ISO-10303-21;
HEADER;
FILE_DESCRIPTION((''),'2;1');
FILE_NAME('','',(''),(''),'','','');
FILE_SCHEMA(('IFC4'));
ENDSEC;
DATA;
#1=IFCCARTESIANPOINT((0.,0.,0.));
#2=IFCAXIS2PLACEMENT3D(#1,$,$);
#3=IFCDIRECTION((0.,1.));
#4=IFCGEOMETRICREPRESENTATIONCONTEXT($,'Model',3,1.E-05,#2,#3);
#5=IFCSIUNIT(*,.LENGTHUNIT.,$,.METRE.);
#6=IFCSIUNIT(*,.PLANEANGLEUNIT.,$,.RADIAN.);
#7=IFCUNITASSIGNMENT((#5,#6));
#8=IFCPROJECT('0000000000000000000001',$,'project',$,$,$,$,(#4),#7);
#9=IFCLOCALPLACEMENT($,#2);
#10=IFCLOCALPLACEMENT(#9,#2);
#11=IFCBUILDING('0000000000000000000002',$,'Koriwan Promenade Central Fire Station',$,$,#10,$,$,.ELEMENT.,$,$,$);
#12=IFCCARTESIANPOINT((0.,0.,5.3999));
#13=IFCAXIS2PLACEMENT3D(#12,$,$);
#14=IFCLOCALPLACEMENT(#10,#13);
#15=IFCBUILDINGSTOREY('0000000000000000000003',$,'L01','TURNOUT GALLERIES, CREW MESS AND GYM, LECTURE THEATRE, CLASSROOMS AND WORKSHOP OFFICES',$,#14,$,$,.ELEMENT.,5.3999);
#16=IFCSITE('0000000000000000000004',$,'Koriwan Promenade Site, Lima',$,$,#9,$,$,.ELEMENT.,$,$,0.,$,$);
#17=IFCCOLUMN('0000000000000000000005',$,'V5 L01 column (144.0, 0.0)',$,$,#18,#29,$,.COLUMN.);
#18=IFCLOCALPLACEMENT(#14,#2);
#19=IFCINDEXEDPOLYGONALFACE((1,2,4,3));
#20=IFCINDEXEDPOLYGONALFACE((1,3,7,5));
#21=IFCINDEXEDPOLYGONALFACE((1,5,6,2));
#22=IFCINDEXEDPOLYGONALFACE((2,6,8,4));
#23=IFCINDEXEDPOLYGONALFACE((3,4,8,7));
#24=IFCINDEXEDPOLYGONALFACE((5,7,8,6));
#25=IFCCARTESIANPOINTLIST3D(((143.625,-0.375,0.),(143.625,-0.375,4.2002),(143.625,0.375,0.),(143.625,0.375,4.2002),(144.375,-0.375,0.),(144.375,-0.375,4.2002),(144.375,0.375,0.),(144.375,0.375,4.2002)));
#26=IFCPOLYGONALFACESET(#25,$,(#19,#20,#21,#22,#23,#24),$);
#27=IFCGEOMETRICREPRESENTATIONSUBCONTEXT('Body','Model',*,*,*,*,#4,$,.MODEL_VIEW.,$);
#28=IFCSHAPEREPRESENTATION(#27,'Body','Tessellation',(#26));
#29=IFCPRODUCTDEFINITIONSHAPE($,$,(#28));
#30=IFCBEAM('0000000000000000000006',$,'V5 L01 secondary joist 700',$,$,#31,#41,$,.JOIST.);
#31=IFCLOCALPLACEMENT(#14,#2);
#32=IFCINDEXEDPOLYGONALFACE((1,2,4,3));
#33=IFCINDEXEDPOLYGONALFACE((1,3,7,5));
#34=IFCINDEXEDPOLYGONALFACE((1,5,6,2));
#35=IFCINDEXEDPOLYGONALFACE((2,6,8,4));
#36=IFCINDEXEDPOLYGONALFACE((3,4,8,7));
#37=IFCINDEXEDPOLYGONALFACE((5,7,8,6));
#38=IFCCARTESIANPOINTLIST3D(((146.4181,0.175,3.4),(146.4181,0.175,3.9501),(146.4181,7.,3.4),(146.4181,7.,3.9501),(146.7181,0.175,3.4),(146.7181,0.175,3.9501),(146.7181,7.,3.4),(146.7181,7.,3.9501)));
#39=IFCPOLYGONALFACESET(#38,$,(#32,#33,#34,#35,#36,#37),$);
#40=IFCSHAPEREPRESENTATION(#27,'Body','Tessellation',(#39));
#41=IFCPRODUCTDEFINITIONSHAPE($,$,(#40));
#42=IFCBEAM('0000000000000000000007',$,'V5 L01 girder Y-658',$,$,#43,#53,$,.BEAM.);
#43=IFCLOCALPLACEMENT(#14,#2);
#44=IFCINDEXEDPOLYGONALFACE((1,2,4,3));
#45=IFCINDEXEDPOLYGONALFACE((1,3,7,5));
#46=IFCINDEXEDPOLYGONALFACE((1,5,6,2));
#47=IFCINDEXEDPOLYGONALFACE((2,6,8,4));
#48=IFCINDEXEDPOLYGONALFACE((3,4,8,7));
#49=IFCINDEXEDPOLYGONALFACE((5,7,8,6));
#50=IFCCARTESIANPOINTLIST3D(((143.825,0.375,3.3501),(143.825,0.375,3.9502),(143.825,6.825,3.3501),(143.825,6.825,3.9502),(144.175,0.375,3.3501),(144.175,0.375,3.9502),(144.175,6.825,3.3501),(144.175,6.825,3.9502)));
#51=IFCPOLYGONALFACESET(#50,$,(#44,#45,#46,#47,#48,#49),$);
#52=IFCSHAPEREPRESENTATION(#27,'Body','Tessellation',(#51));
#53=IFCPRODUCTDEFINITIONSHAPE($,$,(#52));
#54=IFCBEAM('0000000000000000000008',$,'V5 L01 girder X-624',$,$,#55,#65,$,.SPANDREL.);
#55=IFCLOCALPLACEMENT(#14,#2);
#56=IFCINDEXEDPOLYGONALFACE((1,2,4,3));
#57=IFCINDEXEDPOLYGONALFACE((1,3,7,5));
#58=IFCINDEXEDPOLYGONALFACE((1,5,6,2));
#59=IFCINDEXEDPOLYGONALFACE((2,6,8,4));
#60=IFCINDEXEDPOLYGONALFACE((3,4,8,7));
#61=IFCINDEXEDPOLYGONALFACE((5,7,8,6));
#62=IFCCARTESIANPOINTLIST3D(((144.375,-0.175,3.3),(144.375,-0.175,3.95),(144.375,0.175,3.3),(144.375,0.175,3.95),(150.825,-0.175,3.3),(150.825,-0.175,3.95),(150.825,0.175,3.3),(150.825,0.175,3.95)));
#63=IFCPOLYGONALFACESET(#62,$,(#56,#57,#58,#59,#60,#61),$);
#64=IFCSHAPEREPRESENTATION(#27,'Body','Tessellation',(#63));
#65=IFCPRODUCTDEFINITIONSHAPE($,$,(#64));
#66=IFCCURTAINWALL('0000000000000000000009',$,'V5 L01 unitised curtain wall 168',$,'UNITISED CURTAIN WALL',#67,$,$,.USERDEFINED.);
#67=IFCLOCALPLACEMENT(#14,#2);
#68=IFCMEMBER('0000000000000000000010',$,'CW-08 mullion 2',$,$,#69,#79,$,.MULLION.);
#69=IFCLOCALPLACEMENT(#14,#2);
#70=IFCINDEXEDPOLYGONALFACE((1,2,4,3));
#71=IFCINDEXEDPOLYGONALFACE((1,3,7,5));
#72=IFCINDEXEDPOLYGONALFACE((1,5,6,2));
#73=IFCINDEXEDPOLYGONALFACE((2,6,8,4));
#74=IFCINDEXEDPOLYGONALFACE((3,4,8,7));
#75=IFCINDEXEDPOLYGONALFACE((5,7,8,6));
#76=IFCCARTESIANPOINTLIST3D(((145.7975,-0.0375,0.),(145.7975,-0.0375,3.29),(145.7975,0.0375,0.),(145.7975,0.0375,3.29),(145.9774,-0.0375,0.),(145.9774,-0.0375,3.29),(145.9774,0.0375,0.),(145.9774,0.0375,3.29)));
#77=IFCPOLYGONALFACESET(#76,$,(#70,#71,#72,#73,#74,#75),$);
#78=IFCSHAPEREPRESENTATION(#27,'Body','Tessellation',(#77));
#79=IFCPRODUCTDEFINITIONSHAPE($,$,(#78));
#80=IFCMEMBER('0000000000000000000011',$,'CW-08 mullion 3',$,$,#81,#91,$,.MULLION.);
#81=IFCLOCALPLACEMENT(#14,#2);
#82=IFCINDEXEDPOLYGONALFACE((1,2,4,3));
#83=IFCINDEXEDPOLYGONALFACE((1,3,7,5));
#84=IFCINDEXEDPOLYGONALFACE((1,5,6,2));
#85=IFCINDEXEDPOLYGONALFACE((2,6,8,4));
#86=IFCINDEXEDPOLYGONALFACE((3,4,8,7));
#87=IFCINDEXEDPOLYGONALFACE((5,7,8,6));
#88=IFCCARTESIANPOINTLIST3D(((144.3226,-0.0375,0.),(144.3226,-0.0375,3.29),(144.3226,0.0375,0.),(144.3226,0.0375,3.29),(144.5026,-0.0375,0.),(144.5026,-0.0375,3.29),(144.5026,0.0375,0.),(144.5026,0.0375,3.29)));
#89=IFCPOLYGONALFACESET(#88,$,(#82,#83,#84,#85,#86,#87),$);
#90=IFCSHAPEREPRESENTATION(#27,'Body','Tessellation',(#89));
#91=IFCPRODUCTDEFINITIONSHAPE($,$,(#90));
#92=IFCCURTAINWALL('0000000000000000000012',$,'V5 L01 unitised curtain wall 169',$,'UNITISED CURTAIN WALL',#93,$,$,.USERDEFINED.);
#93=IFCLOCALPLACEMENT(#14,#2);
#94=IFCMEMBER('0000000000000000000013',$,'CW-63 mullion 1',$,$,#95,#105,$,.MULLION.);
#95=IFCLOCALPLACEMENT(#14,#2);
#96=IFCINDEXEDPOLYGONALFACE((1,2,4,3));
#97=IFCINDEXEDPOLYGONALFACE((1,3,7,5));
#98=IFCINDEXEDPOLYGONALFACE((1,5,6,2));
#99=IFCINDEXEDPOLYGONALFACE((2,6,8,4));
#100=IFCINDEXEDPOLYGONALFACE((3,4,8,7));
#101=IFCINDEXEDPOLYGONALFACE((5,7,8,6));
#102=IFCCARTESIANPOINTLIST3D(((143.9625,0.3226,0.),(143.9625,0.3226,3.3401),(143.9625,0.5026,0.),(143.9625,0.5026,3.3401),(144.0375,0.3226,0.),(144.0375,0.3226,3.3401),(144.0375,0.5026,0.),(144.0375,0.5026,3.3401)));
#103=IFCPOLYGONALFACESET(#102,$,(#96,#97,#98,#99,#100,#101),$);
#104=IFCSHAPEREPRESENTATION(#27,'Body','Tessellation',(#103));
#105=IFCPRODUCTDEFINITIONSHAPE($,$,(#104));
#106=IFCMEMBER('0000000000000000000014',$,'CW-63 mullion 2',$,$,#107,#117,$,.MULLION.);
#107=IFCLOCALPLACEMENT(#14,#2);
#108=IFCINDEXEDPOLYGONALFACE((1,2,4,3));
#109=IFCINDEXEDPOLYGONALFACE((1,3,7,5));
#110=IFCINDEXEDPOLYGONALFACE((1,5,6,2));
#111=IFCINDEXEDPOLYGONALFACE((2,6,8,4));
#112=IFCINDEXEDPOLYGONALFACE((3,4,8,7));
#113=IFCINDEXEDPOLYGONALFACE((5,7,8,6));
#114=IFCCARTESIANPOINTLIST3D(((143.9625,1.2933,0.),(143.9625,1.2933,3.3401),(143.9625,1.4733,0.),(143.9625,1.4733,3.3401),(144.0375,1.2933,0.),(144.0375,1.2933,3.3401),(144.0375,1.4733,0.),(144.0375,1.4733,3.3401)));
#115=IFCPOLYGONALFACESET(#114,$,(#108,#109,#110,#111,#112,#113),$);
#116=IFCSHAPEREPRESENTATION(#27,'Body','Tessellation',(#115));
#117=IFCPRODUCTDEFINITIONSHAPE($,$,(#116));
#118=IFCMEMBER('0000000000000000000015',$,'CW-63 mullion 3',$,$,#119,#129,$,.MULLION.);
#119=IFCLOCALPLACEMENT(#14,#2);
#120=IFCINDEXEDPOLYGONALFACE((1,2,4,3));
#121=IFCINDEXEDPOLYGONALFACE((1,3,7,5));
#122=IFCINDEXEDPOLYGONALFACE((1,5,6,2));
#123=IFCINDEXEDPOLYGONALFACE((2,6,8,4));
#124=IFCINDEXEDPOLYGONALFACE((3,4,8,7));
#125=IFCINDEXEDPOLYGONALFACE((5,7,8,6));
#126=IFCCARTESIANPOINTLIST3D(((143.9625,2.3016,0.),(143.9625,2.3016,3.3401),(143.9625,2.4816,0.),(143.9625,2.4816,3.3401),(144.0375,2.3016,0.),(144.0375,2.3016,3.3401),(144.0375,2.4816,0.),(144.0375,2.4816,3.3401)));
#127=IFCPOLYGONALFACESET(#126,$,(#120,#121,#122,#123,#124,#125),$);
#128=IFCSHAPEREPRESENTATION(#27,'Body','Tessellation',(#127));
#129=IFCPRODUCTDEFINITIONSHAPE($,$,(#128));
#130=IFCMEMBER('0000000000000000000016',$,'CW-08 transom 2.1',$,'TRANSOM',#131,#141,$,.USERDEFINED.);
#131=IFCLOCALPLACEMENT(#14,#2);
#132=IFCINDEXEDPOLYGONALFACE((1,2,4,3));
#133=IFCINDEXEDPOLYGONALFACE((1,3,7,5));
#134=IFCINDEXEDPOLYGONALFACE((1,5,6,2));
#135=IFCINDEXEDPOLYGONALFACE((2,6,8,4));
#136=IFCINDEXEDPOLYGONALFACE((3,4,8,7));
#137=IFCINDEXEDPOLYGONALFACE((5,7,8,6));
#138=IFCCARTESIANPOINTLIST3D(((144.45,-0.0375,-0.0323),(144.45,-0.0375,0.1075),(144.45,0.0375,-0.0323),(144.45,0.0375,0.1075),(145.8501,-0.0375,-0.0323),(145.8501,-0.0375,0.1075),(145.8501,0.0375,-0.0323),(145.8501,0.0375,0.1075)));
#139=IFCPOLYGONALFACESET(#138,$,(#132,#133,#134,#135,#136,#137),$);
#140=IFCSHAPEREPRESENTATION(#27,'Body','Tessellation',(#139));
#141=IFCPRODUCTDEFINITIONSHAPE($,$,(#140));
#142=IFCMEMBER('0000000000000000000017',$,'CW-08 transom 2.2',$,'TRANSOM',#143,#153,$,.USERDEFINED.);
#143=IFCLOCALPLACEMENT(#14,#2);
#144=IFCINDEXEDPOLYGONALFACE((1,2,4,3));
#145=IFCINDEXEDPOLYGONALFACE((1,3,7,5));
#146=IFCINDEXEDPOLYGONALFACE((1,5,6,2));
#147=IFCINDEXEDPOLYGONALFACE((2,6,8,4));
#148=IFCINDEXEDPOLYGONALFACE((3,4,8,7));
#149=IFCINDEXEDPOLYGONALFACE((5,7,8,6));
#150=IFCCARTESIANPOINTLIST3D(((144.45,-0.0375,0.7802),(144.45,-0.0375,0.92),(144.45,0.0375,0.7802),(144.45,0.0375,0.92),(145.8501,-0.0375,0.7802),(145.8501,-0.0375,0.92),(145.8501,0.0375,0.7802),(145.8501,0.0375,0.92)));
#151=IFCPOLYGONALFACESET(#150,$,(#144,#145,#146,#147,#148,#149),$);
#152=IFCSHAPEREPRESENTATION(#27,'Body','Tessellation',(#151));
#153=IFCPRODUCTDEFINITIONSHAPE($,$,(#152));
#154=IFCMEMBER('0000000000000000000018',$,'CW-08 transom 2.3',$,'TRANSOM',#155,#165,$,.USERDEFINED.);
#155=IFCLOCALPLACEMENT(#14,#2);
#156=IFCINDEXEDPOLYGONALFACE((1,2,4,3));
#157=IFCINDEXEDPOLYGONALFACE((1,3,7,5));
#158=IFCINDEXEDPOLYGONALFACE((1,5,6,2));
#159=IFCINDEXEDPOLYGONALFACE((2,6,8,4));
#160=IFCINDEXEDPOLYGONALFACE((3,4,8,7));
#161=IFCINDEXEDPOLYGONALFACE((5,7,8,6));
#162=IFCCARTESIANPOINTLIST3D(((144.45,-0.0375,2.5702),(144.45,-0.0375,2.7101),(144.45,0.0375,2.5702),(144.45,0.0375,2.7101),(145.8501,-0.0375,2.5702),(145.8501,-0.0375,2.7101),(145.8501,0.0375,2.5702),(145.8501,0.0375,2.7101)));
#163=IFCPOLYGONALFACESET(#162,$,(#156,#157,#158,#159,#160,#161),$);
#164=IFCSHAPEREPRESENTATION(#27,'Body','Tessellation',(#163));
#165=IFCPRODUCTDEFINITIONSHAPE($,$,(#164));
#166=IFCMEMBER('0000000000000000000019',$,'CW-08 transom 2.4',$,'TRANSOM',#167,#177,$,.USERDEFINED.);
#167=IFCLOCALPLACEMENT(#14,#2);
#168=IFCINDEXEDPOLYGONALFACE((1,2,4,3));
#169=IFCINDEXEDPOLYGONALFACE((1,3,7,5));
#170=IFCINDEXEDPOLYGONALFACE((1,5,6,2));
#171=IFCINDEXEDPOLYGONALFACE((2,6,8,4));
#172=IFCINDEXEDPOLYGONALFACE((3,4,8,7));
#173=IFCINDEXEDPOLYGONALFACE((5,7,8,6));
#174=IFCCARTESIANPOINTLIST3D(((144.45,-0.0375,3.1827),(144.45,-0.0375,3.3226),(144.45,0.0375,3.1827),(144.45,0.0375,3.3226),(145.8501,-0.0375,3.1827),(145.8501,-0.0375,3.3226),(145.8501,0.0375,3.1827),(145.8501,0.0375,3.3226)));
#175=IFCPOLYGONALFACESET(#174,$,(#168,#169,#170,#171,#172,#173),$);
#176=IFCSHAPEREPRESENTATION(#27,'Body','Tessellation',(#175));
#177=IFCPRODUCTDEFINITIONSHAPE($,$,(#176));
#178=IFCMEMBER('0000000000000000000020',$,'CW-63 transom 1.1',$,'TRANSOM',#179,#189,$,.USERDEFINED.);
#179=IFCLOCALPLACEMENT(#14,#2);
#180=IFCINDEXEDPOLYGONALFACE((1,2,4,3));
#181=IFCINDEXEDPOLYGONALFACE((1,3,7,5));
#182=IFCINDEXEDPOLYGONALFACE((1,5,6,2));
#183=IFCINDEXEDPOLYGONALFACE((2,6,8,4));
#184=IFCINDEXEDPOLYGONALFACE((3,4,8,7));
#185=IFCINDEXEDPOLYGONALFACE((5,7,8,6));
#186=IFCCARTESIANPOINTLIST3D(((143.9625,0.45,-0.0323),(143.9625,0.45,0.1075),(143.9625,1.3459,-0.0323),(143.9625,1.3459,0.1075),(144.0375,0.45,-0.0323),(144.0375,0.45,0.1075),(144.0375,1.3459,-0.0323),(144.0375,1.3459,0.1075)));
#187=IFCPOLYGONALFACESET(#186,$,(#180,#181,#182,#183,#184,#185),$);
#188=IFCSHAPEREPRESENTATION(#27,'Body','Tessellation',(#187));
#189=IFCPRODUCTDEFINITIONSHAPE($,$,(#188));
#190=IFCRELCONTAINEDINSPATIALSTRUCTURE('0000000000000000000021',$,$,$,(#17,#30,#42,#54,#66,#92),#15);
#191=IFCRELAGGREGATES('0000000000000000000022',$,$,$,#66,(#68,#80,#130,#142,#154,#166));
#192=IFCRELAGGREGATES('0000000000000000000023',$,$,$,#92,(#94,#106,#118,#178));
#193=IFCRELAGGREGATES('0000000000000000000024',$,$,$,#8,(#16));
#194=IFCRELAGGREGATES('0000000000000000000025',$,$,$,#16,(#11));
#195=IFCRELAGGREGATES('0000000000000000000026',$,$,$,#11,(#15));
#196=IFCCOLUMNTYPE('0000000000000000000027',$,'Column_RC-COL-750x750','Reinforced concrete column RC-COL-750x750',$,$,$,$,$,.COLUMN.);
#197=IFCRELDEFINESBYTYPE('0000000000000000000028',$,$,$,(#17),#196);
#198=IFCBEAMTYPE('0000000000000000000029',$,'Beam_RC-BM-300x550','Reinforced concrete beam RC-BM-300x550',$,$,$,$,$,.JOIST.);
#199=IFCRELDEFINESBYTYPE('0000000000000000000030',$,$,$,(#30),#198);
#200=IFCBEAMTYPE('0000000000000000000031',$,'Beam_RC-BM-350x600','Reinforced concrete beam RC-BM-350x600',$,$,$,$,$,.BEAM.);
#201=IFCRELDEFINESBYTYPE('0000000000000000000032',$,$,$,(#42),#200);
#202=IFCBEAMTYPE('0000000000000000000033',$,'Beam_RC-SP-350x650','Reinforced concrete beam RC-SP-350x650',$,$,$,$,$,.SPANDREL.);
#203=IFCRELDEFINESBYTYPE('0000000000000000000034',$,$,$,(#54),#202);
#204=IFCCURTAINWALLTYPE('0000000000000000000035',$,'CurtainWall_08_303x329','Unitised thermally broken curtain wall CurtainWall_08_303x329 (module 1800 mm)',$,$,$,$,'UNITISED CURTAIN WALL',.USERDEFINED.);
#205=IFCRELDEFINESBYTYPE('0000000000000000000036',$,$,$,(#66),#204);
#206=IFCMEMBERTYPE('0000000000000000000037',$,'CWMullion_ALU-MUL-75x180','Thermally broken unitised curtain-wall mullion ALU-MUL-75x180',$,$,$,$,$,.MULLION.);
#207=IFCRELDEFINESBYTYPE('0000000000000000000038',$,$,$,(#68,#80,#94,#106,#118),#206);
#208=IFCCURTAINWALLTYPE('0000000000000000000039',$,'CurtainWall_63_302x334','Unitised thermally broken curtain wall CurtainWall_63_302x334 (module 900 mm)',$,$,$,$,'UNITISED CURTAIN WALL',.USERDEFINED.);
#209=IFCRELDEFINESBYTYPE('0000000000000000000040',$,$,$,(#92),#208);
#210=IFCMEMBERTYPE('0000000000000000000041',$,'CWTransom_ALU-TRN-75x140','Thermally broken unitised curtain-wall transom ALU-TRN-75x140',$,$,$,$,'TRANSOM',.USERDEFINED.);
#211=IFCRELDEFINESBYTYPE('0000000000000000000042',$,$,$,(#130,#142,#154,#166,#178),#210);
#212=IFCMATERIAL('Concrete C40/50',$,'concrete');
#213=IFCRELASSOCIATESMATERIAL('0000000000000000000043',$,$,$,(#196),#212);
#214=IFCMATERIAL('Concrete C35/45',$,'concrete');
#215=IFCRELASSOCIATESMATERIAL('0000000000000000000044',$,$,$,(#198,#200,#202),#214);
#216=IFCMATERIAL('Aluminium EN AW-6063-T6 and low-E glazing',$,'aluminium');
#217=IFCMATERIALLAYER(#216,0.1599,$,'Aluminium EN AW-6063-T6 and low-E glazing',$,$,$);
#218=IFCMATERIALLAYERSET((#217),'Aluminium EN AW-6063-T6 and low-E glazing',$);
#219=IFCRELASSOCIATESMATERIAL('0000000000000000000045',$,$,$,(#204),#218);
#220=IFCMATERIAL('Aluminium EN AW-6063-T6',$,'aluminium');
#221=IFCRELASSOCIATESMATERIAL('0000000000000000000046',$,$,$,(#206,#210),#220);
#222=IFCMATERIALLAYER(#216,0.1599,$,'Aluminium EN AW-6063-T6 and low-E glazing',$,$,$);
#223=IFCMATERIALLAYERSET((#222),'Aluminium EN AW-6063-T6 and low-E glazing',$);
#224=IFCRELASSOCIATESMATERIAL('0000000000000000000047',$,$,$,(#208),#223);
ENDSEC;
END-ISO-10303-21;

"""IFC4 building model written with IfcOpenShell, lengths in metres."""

from ifc_helpers import new_model, si_unit, direction, frame, origin, origin_2d, place, context, subcontext, project, spatial, rectangle, extrude, material, layer, layer_set, material_profile, profile_set, type_object, element, aggregate, save


model = new_model("IFC4")

# Units and contexts
model_context = context("Model", 3, precision=1e-05, world=origin(), true_north=direction((0.0, 1.0)))
body_context = subcontext(model_context, "Body", "Model", "MODEL_VIEW")
ifc_project = project(units=[si_unit("LENGTHUNIT", "METRE"), si_unit("PLANEANGLEUNIT", "RADIAN")], contexts=[model_context])

# Site, building, storey
site_placement = place(None, origin())
site = spatial("IfcSite", under=ifc_project, at=site_placement, Name="Koriwan Promenade Site, Lima", CompositionType="ELEMENT", RefElevation=0.0)
building_placement = place(site_placement, origin())
building = spatial("IfcBuilding", under=site, at=building_placement, Name="Koriwan Promenade Central Fire Station", CompositionType="ELEMENT")
storey_placement = place(building_placement, frame((0.0, 0.0, 5.3999)))
storey = spatial("IfcBuildingStorey", under=building, at=storey_placement, Name="L01", Description="TURNOUT GALLERIES, CREW MESS AND GYM, LECTURE THEATRE, CLASSROOMS AND WORKSHOP OFFICES", CompositionType="ELEMENT", Elevation=5.3999)

# Column
ifc_material_1 = material(Name="Concrete C40/50", Category="concrete")
ifc_material_profile_1 = material_profile(ifc_material_1, rectangle(XDim=0.75, YDim=0.75, at=origin_2d()), Name="RC-COL-750x750")
ifc_profile_set_1 = profile_set([ifc_material_profile_1], Name="Concrete C40/50")
column_type = type_object("IfcColumnType", Name="Column_RC-COL-750x750", Description="Reinforced concrete column RC-COL-750x750", PredefinedType="COLUMN", material=ifc_profile_set_1)
column_placement = place(storey_placement, frame((144.0, 0.0, 0.0), z_axis=(0.0, 0.0, 1.0), x_axis=(1.0, 0.0, 0.0)))
element("IfcColumn", 1, at=column_placement, inside=storey, type_object=column_type, Name="V5 L01 column (144.0, 0.0)", PredefinedType="COLUMN", context=body_context, shape_type="SweptSolid", body=[
    extrude(rectangle(XDim=0.75, YDim=0.75, at=origin_2d()), origin(), (0.0, 0.0, 1.0), 4.2002),
])

# Beams
ifc_material_2 = material(Name="Concrete C35/45", Category="concrete")
ifc_material_profile_2 = material_profile(ifc_material_2, rectangle(XDim=0.3, YDim=0.55, at=origin_2d()), Name="RC-BM-300x550")
ifc_profile_set_2 = profile_set([ifc_material_profile_2], Name="Concrete C35/45")
beam_type_1 = type_object("IfcBeamType", Name="Beam_RC-BM-300x550", Description="Reinforced concrete beam RC-BM-300x550", PredefinedType="JOIST", material=ifc_profile_set_2)
beam_1_placement = place(storey_placement, frame((146.5681, 0.175, 3.675), z_axis=(0.0, 1.0, 0.0), x_axis=(-1.0, 0.0, 0.0)))
element("IfcBeam", 2, at=beam_1_placement, inside=storey, type_object=beam_type_1, Name="V5 L01 secondary joist 700", PredefinedType="JOIST", context=body_context, shape_type="SweptSolid", body=[
    extrude(rectangle(XDim=0.3, YDim=0.55, at=origin_2d()), origin(), (0.0, 0.0, 1.0), 6.825),
])
ifc_material_profile_3 = material_profile(ifc_material_2, rectangle(XDim=0.3501, YDim=0.6001, at=origin_2d()), Name="RC-BM-350x600")
ifc_profile_set_3 = profile_set([ifc_material_profile_3], Name="Concrete C35/45")
beam_type_2 = type_object("IfcBeamType", Name="Beam_RC-BM-350x600", Description="Reinforced concrete beam RC-BM-350x600", PredefinedType="BEAM", material=ifc_profile_set_3)
beam_2_placement = place(storey_placement, frame((144.0, 0.375, 3.6501), z_axis=(0.0, 1.0, 0.0), x_axis=(-1.0, 0.0, 0.0)))
element("IfcBeam", 3, at=beam_2_placement, inside=storey, type_object=beam_type_2, Name="V5 L01 girder Y-658", PredefinedType="BEAM", context=body_context, shape_type="SweptSolid", body=[
    extrude(rectangle(XDim=0.3501, YDim=0.6001, at=origin_2d()), origin(), (0.0, 0.0, 1.0), 6.45),
])
ifc_material_profile_4 = material_profile(ifc_material_2, rectangle(XDim=0.3501, YDim=0.6499, at=origin_2d()), Name="RC-SP-350x650")
ifc_profile_set_4 = profile_set([ifc_material_profile_4], Name="Concrete C35/45")
beam_type_3 = type_object("IfcBeamType", Name="Beam_RC-SP-350x650", Description="Reinforced concrete beam RC-SP-350x650", PredefinedType="SPANDREL", material=ifc_profile_set_4)
beam_3_placement = place(storey_placement, frame((144.375, 0.0, 3.625), z_axis=(1.0, 0.0, 0.0), x_axis=(0.0, 1.0, 0.0)))
element("IfcBeam", 4, at=beam_3_placement, inside=storey, type_object=beam_type_3, Name="V5 L01 girder X-624", PredefinedType="SPANDREL", context=body_context, shape_type="SweptSolid", body=[
    extrude(rectangle(XDim=0.3501, YDim=0.6499, at=origin_2d()), origin(), (0.0, 0.0, 1.0), 6.45),
])

# Curtain walls, members
ifc_material_3 = material(Name="Aluminium EN AW-6063-T6 and low-E glazing", Category="aluminium")
ifc_layer_1 = layer(ifc_material_3, 0.1599, Name="Aluminium EN AW-6063-T6 and low-E glazing")
ifc_layer_set_1 = layer_set([ifc_layer_1], Name="Aluminium EN AW-6063-T6 and low-E glazing")
curtain_wall_type_1 = type_object("IfcCurtainWallType", Name="CurtainWall_08_303x329", Description="Unitised thermally broken curtain wall CurtainWall_08_303x329 (module 1800 mm)", ElementType="UNITISED CURTAIN WALL", PredefinedType="USERDEFINED", material=ifc_layer_set_1)
curtain_wall_1_placement = place(storey_placement, origin())
curtain_wall_1 = element("IfcCurtainWall", 5, at=curtain_wall_1_placement, inside=storey, type_object=curtain_wall_type_1, Name="V5 L01 unitised curtain wall 168", ObjectType="UNITISED CURTAIN WALL", PredefinedType="USERDEFINED")
ifc_material_4 = material(Name="Aluminium EN AW-6063-T6", Category="aluminium")
ifc_material_profile_5 = material_profile(ifc_material_4, rectangle(XDim=0.075, YDim=0.1799, at=origin_2d()), Name="ALU-MUL-75x180")
ifc_profile_set_5 = profile_set([ifc_material_profile_5], Name="Aluminium EN AW-6063-T6")
member_type_1 = type_object("IfcMemberType", Name="CWMullion_ALU-MUL-75x180", Description="Thermally broken unitised curtain-wall mullion ALU-MUL-75x180", PredefinedType="MULLION", material=ifc_profile_set_5)
member_1_placement = place(storey_placement, frame((145.8875, 0.0, 0.0), z_axis=(0.0, 0.0, 1.0), x_axis=(0.0, -1.0, 0.0)))
member_1 = element("IfcMember", 6, at=member_1_placement, type_object=member_type_1, Name="CW-08 mullion 2", PredefinedType="MULLION", context=body_context, shape_type="SweptSolid", body=[
    extrude(rectangle(XDim=0.075, YDim=0.1799, at=origin_2d()), origin(), (0.0, 0.0, 1.0), 3.29),
])
member_2_placement = place(storey_placement, frame((144.4126, 0.0, 0.0), z_axis=(0.0, 0.0, 1.0), x_axis=(0.0, -1.0, 0.0)))
member_2 = element("IfcMember", 7, at=member_2_placement, type_object=member_type_1, Name="CW-08 mullion 3", PredefinedType="MULLION", context=body_context, shape_type="SweptSolid", body=[
    extrude(rectangle(XDim=0.075, YDim=0.1799, at=origin_2d()), origin(), (0.0, 0.0, 1.0), 3.29),
])
ifc_layer_2 = layer(ifc_material_3, 0.1599, Name="Aluminium EN AW-6063-T6 and low-E glazing")
ifc_layer_set_2 = layer_set([ifc_layer_2], Name="Aluminium EN AW-6063-T6 and low-E glazing")
curtain_wall_type_2 = type_object("IfcCurtainWallType", Name="CurtainWall_63_302x334", Description="Unitised thermally broken curtain wall CurtainWall_63_302x334 (module 900 mm)", ElementType="UNITISED CURTAIN WALL", PredefinedType="USERDEFINED", material=ifc_layer_set_2)
curtain_wall_2_placement = place(storey_placement, origin())
curtain_wall_2 = element("IfcCurtainWall", 8, at=curtain_wall_2_placement, inside=storey, type_object=curtain_wall_type_2, Name="V5 L01 unitised curtain wall 169", ObjectType="UNITISED CURTAIN WALL", PredefinedType="USERDEFINED")
member_3_placement = place(storey_placement, frame((144.0, 0.4126, 0.0), z_axis=(0.0, 0.0, 1.0), x_axis=(-1.0, 0.0, 0.0)))
member_3 = element("IfcMember", 9, at=member_3_placement, type_object=member_type_1, Name="CW-63 mullion 1", PredefinedType="MULLION", context=body_context, shape_type="SweptSolid", body=[
    extrude(rectangle(XDim=0.075, YDim=0.1799, at=origin_2d()), origin(), (0.0, 0.0, 1.0), 3.3401),
])
member_4_placement = place(storey_placement, frame((144.0, 1.3833, 0.0), z_axis=(0.0, 0.0, 1.0), x_axis=(-1.0, 0.0, 0.0)))
member_4 = element("IfcMember", 10, at=member_4_placement, type_object=member_type_1, Name="CW-63 mullion 2", PredefinedType="MULLION", context=body_context, shape_type="SweptSolid", body=[
    extrude(rectangle(XDim=0.075, YDim=0.1799, at=origin_2d()), origin(), (0.0, 0.0, 1.0), 3.3401),
])
member_5_placement = place(storey_placement, frame((144.0, 2.3916, 0.0), z_axis=(0.0, 0.0, 1.0), x_axis=(-1.0, 0.0, 0.0)))
member_5 = element("IfcMember", 11, at=member_5_placement, type_object=member_type_1, Name="CW-63 mullion 3", PredefinedType="MULLION", context=body_context, shape_type="SweptSolid", body=[
    extrude(rectangle(XDim=0.075, YDim=0.1799, at=origin_2d()), origin(), (0.0, 0.0, 1.0), 3.3401),
])

# Members
ifc_material_profile_6 = material_profile(ifc_material_4, rectangle(XDim=0.075, YDim=0.1399, at=origin_2d()), Name="ALU-TRN-75x140")
ifc_profile_set_6 = profile_set([ifc_material_profile_6], Name="Aluminium EN AW-6063-T6")
member_type_2 = type_object("IfcMemberType", Name="CWTransom_ALU-TRN-75x140", Description="Thermally broken unitised curtain-wall transom ALU-TRN-75x140", ElementType="TRANSOM", PredefinedType="USERDEFINED", material=ifc_profile_set_6)
member_6_placement = place(storey_placement, frame((145.8501, 0.0, 0.0376), z_axis=(-1.0, 0.0, 0.0), x_axis=(0.0, -1.0, 0.0)))
member_6 = element("IfcMember", 12, at=member_6_placement, type_object=member_type_2, Name="CW-08 transom 2.1", ObjectType="TRANSOM", PredefinedType="USERDEFINED", context=body_context, shape_type="SweptSolid", body=[
    extrude(rectangle(XDim=0.075, YDim=0.1399, at=origin_2d()), origin(), (0.0, 0.0, 1.0), 1.4001),
])
member_7_placement = place(storey_placement, frame((145.8501, 0.0, 0.8501), z_axis=(-1.0, 0.0, 0.0), x_axis=(0.0, -1.0, 0.0)))
member_7 = element("IfcMember", 13, at=member_7_placement, type_object=member_type_2, Name="CW-08 transom 2.2", ObjectType="TRANSOM", PredefinedType="USERDEFINED", context=body_context, shape_type="SweptSolid", body=[
    extrude(rectangle(XDim=0.075, YDim=0.1399, at=origin_2d()), origin(), (0.0, 0.0, 1.0), 1.4001),
])
member_8_placement = place(storey_placement, frame((145.8501, 0.0, 2.6401), z_axis=(-1.0, 0.0, 0.0), x_axis=(0.0, -1.0, 0.0)))
member_8 = element("IfcMember", 14, at=member_8_placement, type_object=member_type_2, Name="CW-08 transom 2.3", ObjectType="TRANSOM", PredefinedType="USERDEFINED", context=body_context, shape_type="SweptSolid", body=[
    extrude(rectangle(XDim=0.075, YDim=0.1399, at=origin_2d()), origin(), (0.0, 0.0, 1.0), 1.4001),
])
member_9_placement = place(storey_placement, frame((145.8501, 0.0, 3.2527), z_axis=(-1.0, 0.0, 0.0), x_axis=(0.0, -1.0, 0.0)))
member_9 = element("IfcMember", 15, at=member_9_placement, type_object=member_type_2, Name="CW-08 transom 2.4", ObjectType="TRANSOM", PredefinedType="USERDEFINED", context=body_context, shape_type="SweptSolid", body=[
    extrude(rectangle(XDim=0.075, YDim=0.1399, at=origin_2d()), origin(), (0.0, 0.0, 1.0), 1.4001),
])
member_10_placement = place(storey_placement, frame((144.0, 0.45, 0.0376), z_axis=(0.0, 1.0, 0.0), x_axis=(-1.0, 0.0, 0.0)))
member_10 = element("IfcMember", 16, at=member_10_placement, type_object=member_type_2, Name="CW-63 transom 1.1", ObjectType="TRANSOM", PredefinedType="USERDEFINED", context=body_context, shape_type="SweptSolid", body=[
    extrude(rectangle(XDim=0.075, YDim=0.1399, at=origin_2d()), origin(), (0.0, 0.0, 1.0), 0.896),
])

aggregate(curtain_wall_1, [member_1, member_2, member_6, member_7, member_8, member_9])
aggregate(curtain_wall_2, [member_3, member_4, member_5, member_10])

save(model, "model.ifc")
